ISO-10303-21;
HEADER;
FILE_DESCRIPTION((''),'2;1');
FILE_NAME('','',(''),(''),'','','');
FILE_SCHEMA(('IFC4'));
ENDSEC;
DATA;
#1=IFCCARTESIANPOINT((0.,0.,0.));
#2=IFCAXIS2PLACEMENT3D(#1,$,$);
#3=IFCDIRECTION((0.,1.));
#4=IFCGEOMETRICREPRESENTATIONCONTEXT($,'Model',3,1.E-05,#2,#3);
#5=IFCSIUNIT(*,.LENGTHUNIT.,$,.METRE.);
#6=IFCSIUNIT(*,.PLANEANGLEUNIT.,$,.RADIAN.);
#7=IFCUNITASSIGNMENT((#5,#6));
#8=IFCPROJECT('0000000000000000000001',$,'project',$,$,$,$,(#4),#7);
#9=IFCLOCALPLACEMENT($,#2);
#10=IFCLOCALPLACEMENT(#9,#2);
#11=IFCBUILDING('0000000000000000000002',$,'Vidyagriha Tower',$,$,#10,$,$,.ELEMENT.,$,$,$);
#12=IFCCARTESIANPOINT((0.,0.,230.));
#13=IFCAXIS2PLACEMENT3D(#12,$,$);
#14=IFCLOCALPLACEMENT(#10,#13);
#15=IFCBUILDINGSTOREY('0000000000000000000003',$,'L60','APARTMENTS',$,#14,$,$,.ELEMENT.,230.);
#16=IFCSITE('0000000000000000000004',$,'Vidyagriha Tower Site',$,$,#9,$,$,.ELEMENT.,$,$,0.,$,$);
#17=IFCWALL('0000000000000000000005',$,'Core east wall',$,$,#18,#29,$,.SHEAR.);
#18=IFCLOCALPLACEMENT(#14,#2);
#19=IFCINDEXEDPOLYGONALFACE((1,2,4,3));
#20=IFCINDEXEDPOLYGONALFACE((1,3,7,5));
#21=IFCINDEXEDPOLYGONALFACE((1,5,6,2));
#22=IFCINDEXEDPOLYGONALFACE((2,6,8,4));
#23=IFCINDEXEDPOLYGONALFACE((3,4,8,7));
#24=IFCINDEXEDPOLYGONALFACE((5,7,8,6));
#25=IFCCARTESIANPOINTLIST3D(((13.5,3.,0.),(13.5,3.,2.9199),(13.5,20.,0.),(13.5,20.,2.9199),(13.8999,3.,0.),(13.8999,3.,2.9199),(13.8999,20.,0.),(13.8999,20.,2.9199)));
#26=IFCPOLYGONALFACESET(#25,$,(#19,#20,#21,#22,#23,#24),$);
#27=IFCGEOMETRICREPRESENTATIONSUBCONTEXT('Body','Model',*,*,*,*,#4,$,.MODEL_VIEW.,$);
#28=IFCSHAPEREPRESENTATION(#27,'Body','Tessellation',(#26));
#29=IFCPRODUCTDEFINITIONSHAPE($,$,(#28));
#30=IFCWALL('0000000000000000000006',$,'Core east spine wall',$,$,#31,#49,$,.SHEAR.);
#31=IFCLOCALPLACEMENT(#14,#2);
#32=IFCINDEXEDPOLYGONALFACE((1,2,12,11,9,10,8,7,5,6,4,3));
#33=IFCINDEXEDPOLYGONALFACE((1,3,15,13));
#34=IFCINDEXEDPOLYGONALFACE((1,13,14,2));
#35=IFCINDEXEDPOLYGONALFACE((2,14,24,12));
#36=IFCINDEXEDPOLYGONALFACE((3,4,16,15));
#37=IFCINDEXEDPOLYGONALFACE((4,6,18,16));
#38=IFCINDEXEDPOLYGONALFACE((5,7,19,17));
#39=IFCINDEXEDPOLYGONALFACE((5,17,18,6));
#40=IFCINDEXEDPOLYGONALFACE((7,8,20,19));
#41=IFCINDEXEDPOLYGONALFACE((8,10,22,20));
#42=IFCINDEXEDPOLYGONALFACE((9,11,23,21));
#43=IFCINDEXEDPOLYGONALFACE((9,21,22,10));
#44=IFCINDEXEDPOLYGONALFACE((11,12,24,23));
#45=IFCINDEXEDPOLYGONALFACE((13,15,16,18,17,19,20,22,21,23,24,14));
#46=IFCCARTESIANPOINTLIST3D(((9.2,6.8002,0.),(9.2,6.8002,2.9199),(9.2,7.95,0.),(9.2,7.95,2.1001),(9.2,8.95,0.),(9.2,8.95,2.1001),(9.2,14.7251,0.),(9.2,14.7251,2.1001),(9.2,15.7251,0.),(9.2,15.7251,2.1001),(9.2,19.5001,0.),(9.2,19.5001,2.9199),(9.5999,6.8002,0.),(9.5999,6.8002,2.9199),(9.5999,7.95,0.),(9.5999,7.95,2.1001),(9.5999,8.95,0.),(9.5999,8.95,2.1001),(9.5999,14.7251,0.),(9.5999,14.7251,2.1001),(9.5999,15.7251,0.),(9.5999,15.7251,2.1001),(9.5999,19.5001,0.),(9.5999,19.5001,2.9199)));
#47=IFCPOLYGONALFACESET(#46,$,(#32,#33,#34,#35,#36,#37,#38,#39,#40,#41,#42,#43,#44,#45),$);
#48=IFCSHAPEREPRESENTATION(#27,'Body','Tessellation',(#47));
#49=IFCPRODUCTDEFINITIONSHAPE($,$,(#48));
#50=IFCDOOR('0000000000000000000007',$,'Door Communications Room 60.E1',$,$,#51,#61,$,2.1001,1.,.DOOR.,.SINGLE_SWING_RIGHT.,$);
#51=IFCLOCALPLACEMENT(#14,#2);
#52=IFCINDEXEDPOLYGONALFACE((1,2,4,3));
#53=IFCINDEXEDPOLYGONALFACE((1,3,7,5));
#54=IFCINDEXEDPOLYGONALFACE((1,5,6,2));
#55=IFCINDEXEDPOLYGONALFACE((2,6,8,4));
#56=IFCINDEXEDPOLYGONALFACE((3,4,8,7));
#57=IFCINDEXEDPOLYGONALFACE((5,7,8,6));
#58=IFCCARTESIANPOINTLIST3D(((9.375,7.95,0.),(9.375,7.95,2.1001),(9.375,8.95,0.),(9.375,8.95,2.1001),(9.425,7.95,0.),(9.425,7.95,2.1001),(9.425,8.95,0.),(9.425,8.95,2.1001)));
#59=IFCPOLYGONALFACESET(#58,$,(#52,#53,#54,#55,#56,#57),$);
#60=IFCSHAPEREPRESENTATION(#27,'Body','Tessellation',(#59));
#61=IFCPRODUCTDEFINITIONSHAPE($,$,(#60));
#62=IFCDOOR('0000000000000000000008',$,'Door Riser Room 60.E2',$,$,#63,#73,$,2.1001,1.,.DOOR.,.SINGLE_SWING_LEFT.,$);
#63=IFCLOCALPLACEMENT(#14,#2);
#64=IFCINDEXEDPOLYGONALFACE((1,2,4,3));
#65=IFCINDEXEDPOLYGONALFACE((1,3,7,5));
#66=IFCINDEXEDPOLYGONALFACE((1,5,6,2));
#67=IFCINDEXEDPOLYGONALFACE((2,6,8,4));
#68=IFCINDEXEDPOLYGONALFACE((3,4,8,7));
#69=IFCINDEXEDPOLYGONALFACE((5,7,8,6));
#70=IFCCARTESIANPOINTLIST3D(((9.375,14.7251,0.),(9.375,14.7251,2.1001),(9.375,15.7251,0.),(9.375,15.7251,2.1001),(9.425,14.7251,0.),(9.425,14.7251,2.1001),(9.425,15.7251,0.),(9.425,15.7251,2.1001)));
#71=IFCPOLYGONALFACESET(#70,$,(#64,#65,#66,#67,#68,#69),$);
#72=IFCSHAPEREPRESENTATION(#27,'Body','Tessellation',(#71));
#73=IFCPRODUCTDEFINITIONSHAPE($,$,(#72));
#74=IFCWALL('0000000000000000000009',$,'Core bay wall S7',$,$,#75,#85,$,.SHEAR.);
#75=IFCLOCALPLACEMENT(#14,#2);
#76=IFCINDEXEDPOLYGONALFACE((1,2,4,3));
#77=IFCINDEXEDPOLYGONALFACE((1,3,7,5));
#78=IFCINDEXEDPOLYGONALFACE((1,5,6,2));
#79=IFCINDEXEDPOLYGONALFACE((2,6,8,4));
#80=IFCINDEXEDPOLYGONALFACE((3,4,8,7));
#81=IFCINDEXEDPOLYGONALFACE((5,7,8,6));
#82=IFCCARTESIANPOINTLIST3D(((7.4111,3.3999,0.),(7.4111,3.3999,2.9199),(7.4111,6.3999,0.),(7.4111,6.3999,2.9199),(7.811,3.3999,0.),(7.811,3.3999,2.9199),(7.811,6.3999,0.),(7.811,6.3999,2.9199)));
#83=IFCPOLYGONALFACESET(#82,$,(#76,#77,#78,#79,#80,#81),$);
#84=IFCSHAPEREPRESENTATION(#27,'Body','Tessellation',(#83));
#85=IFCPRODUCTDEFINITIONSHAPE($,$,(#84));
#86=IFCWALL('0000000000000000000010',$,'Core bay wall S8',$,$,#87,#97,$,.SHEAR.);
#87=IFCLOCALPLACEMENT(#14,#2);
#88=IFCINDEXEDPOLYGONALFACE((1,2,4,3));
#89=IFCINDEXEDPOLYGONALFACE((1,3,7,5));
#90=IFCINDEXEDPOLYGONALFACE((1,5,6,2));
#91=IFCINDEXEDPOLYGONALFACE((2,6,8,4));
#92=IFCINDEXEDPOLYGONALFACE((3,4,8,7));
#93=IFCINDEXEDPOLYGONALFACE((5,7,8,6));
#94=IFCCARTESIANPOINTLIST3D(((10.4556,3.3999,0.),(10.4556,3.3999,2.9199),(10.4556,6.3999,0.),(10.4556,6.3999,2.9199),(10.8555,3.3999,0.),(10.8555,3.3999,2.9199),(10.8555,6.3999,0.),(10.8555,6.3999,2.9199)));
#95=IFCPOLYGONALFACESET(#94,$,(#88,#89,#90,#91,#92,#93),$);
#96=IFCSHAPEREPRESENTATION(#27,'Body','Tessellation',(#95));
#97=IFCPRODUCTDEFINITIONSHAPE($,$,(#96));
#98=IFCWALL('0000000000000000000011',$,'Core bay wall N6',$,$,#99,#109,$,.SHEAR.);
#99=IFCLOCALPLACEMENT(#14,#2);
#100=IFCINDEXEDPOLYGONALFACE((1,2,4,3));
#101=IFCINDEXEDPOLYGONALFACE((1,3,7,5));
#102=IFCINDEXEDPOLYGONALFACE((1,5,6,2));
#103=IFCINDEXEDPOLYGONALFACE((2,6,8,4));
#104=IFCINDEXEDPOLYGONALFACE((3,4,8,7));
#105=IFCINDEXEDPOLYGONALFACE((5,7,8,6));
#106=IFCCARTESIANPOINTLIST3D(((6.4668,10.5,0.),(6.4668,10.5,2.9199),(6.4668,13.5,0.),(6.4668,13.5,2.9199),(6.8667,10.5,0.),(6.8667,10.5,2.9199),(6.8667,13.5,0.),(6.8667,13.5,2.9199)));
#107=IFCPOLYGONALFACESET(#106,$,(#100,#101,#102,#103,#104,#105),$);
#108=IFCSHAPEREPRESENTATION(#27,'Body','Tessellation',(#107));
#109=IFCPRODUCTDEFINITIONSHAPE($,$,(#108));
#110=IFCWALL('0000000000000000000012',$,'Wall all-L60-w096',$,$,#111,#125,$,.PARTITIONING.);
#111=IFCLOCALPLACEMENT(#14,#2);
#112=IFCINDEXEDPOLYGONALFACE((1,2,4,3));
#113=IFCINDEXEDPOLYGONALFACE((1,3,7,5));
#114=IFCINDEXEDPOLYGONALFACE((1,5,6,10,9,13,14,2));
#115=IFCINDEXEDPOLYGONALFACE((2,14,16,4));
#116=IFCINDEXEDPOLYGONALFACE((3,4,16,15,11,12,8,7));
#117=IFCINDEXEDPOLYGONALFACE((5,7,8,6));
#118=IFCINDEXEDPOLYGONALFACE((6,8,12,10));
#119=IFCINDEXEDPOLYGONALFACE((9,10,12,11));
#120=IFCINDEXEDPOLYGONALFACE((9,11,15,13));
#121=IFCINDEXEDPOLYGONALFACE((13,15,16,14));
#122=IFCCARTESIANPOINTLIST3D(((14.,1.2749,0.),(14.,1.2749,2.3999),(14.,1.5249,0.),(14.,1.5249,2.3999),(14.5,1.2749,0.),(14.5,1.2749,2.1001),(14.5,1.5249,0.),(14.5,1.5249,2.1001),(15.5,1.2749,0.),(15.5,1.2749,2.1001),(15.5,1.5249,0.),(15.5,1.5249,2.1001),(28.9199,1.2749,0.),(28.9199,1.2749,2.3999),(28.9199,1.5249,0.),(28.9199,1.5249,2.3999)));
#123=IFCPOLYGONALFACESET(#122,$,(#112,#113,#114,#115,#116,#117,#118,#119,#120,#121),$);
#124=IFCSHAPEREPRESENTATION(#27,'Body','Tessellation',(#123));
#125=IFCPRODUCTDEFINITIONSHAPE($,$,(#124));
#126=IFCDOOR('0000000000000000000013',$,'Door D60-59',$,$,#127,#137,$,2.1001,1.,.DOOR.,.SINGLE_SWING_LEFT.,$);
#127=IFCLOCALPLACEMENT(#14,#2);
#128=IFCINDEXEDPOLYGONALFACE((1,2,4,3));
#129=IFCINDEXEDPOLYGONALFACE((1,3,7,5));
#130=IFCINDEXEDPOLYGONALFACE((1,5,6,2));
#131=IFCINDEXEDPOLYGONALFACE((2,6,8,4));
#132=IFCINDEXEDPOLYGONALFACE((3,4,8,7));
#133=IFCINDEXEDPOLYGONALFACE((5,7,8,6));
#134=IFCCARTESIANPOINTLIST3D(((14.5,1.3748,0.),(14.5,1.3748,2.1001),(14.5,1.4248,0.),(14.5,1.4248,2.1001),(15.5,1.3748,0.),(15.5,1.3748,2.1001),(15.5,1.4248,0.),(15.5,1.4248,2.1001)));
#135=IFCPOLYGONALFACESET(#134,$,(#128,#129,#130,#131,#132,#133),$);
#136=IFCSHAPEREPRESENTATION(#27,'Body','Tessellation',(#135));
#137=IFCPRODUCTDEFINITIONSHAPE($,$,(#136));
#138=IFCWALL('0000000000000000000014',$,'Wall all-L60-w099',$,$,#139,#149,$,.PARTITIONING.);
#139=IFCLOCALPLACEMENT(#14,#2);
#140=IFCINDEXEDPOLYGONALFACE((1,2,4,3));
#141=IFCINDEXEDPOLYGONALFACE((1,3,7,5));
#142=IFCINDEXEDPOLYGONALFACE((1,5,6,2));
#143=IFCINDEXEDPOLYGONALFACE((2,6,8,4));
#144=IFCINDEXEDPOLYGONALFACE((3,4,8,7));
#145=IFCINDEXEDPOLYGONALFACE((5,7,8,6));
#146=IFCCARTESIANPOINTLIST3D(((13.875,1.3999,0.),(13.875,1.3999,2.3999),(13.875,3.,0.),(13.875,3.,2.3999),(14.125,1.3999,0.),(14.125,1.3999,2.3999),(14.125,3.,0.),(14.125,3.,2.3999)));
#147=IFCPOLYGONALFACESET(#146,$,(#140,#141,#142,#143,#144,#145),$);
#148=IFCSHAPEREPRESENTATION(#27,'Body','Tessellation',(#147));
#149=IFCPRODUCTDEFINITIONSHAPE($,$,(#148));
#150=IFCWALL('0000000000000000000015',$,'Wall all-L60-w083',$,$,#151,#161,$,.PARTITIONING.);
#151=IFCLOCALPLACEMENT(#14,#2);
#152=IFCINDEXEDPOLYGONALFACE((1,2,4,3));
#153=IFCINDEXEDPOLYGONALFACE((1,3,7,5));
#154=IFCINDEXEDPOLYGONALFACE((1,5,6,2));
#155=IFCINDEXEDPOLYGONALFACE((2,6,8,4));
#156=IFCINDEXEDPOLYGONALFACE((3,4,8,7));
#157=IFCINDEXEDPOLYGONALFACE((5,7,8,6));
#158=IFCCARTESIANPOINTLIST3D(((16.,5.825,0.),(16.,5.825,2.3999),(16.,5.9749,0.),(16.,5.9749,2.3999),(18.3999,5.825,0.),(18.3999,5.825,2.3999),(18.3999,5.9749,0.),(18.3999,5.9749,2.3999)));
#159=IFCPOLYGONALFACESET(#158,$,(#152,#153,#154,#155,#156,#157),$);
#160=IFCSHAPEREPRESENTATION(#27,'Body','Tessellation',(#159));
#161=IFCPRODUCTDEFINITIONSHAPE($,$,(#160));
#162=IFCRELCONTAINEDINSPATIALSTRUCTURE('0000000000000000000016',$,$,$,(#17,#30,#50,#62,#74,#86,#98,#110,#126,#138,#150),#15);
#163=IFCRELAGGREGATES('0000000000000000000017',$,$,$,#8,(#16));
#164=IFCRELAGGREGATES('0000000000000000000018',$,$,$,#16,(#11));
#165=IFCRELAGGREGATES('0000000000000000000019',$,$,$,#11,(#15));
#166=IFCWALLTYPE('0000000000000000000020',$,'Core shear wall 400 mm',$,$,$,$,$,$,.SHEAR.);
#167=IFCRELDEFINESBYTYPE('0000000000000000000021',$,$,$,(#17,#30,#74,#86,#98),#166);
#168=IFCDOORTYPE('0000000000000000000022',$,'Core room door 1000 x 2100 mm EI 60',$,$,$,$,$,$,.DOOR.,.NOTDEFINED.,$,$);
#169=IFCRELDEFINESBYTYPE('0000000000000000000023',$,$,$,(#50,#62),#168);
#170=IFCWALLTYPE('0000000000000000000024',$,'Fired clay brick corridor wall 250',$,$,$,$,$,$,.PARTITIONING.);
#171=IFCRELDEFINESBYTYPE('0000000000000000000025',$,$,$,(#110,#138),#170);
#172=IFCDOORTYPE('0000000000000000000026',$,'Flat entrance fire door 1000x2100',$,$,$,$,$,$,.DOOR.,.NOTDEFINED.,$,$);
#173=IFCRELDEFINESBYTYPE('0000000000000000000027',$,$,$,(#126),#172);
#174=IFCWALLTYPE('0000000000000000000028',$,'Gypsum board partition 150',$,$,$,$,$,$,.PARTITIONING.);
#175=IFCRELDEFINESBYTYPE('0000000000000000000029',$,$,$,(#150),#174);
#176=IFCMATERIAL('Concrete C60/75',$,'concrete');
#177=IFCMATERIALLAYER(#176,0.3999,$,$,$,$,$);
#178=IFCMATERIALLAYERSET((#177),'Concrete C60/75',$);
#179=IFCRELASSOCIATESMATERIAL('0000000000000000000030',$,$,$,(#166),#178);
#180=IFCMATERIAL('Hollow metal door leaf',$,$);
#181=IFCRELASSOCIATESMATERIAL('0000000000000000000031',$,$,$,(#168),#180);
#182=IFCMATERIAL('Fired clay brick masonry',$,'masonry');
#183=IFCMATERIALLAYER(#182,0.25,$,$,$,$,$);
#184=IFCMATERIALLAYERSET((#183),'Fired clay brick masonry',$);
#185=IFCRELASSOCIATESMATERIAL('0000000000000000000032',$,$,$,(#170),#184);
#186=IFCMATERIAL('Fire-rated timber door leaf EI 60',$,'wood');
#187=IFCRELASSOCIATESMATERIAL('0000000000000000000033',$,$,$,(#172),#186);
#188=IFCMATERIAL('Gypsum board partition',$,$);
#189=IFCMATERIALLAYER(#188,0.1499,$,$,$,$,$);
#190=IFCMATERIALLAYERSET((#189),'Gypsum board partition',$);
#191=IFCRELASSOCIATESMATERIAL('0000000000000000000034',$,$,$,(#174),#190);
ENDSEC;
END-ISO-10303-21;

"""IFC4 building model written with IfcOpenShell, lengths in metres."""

from ifc_helpers import new_model, si_unit, direction, frame, frame_2d, origin, place, context, subcontext, project, spatial, rectangle, extrude, material, layer, layer_set, type_object, element, fill, save


model = new_model("IFC4")

# Units and contexts
model_context = context("Model", 3, precision=1e-05, world=origin(), true_north=direction((0.0, 1.0)))
body_context = subcontext(model_context, "Body", "Model", "MODEL_VIEW")
ifc_project = project(units=[si_unit("LENGTHUNIT", "METRE"), si_unit("PLANEANGLEUNIT", "RADIAN")], contexts=[model_context])

# Site, building, storey
site_placement = place(None, origin())
site = spatial("IfcSite", under=ifc_project, at=site_placement, Name="Vidyagriha Tower Site", CompositionType="ELEMENT", RefElevation=0.0)
building_placement = place(site_placement, origin())
building = spatial("IfcBuilding", under=site, at=building_placement, Name="Vidyagriha Tower", CompositionType="ELEMENT")
storey_placement = place(building_placement, frame((0.0, 0.0, 230.0)))
storey = spatial("IfcBuildingStorey", under=building, at=storey_placement, Name="L60", Description="APARTMENTS", CompositionType="ELEMENT", Elevation=230.0)

# Wall
ifc_material_1 = material(Name="Concrete C60/75", Category="concrete")
ifc_layer_1 = layer(ifc_material_1, 0.3999)
ifc_layer_set_1 = layer_set([ifc_layer_1], Name="Concrete C60/75")
wall_type_1 = type_object("IfcWallType", Name="Core shear wall 400 mm", PredefinedType="SHEAR", material=ifc_layer_set_1)
wall_1_placement = place(storey_placement, frame((13.7, 3.0, 0.0), z_axis=(0.0, 0.0, 1.0), x_axis=(0.0, 1.0, 0.0)))
element("IfcWall", 1, at=wall_1_placement, inside=storey, type_object=wall_type_1, Name="Core east wall", PredefinedType="SHEAR", context=body_context, shape_type="SweptSolid", body=[
    extrude(rectangle(XDim=17.0, YDim=0.3999, at=frame_2d((8.5, 0.0))), origin(), (0.0, 0.0, 1.0), 2.9199),
])

# Wall, openings, doors
wall_2_placement = place(storey_placement, frame((9.3999, 6.8, 0.0), z_axis=(0.0, 0.0, 1.0), x_axis=(0.0, 1.0, 0.0)))
wall_2 = element("IfcWall", 2, at=wall_2_placement, inside=storey, type_object=wall_type_1, Name="Core east spine wall", PredefinedType="SHEAR", context=body_context, shape_type="SweptSolid", body=[
    extrude(rectangle(XDim=12.7, YDim=0.3999, at=frame_2d((6.3501, 0.0))), origin(), (0.0, 0.0, 1.0), 2.9199),
])
opening_1_placement = place(wall_2_placement, frame((1.1499, 0.0, 0.0)))
opening_1 = element("IfcOpeningElement", 3, at=opening_1_placement, cuts=wall_2, PredefinedType="OPENING", context=body_context, shape_type="SweptSolid", body=[
    extrude(rectangle(XDim=1.0, YDim=2.1001, at=frame_2d((0.5, 1.05))), frame((0.0, 0.21, 0.0), z_axis=(0.0, -1.0, 0.0), x_axis=(1.0, 0.0, 0.0)), (0.0, 0.0, 1.0), 0.4199),
])
opening_2_placement = place(wall_2_placement, frame((7.925, 0.0, 0.0)))
opening_2 = element("IfcOpeningElement", 4, at=opening_2_placement, cuts=wall_2, PredefinedType="OPENING", context=body_context, shape_type="SweptSolid", body=[
    extrude(rectangle(XDim=1.0, YDim=2.1001, at=frame_2d((0.5, 1.05))), frame((0.0, 0.21, 0.0), z_axis=(0.0, -1.0, 0.0), x_axis=(1.0, 0.0, 0.0)), (0.0, 0.0, 1.0), 0.4199),
])
ifc_material_2 = material(Name="Hollow metal door leaf")
door_type_1 = type_object("IfcDoorType", Name="Core room door 1000 x 2100 mm EI 60", OperationType="NOTDEFINED", PredefinedType="DOOR", material=ifc_material_2)
door_1_placement = place(opening_1_placement, origin())
door_1 = element("IfcDoor", 5, at=door_1_placement, inside=storey, type_object=door_type_1, Name="Door Communications Room 60.E1", OperationType="SINGLE_SWING_RIGHT", OverallHeight=2.1001, OverallWidth=1.0, PredefinedType="DOOR", context=body_context, shape_type="SweptSolid", body=[
    extrude(rectangle(XDim=1.0, YDim=2.1001, at=frame_2d((0.5, 1.05))), frame((0.0, 0.0249, 0.0), z_axis=(0.0, -1.0, 0.0), x_axis=(1.0, 0.0, 0.0)), (0.0, 0.0, 1.0), 0.05),
])
fill(opening_1, door_1)
door_2_placement = place(opening_2_placement, origin())
door_2 = element("IfcDoor", 6, at=door_2_placement, inside=storey, type_object=door_type_1, Name="Door Riser Room 60.E2", OperationType="SINGLE_SWING_LEFT", OverallHeight=2.1001, OverallWidth=1.0, PredefinedType="DOOR", context=body_context, shape_type="SweptSolid", body=[
    extrude(rectangle(XDim=1.0, YDim=2.1001, at=frame_2d((0.5, 1.05))), frame((0.0, 0.0249, 0.0), z_axis=(0.0, -1.0, 0.0), x_axis=(1.0, 0.0, 0.0)), (0.0, 0.0, 1.0), 0.05),
])
fill(opening_2, door_2)

# Walls
for number, where, z_axis, x_axis, name in (
    (7, (7.6111, 3.3999, 0.0), (0.0, 0.0, 1.0), (0.0, 1.0, 0.0), "Core bay wall S7"),
    (8, (10.6555, 3.3999, 0.0), (0.0, 0.0, 1.0), (0.0, 1.0, 0.0), "Core bay wall S8"),
    (9, (6.6667, 10.5, 0.0), (0.0, 0.0, 1.0), (0.0, 1.0, 0.0), "Core bay wall N6"),
):
    element("IfcWall", number, at=place(storey_placement, frame(where, z_axis=z_axis, x_axis=x_axis)), inside=storey, type_object=wall_type_1, Name=name, PredefinedType="SHEAR", context=body_context, shape_type="SweptSolid", body=[
        extrude(rectangle(XDim=3.0, YDim=0.3999, at=frame_2d((1.5, 0.0))), origin(), (0.0, 0.0, 1.0), 2.9199),
    ])

# Wall, opening, door
ifc_material_3 = material(Name="Fired clay brick masonry", Category="masonry")
ifc_layer_2 = layer(ifc_material_3, 0.25)
ifc_layer_set_2 = layer_set([ifc_layer_2], Name="Fired clay brick masonry")
wall_type_2 = type_object("IfcWallType", Name="Fired clay brick corridor wall 250", PredefinedType="PARTITIONING", material=ifc_layer_set_2)
wall_3_placement = place(storey_placement, frame((14.0, 1.3999, 0.0)))
wall_3 = element("IfcWall", 10, at=wall_3_placement, inside=storey, type_object=wall_type_2, Name="Wall all-L60-w096", PredefinedType="PARTITIONING", context=body_context, shape_type="SweptSolid", body=[
    extrude(rectangle(XDim=14.9199, YDim=0.25, at=frame_2d((7.46, 0.0))), origin(), (0.0, 0.0, 1.0), 2.3999),
])
opening_3_placement = place(wall_3_placement, frame((0.5, 0.0, 0.0)))
opening_3 = element("IfcOpeningElement", 11, at=opening_3_placement, cuts=wall_3, PredefinedType="OPENING", context=body_context, shape_type="SweptSolid", body=[
    extrude(rectangle(XDim=1.0, YDim=2.1001, at=frame_2d((0.5, 1.05))), frame((0.0, 0.135, 0.0), z_axis=(0.0, -1.0, 0.0), x_axis=(1.0, 0.0, 0.0)), (0.0, 0.0, 1.0), 0.27),
])
ifc_material_4 = material(Name="Fire-rated timber door leaf EI 60", Category="wood")
door_type_2 = type_object("IfcDoorType", Name="Flat entrance fire door 1000x2100", OperationType="NOTDEFINED", PredefinedType="DOOR", material=ifc_material_4)
door_3_placement = place(opening_3_placement, origin())
door_3 = element("IfcDoor", 12, at=door_3_placement, inside=storey, type_object=door_type_2, Name="Door D60-59", OperationType="SINGLE_SWING_LEFT", OverallHeight=2.1001, OverallWidth=1.0, PredefinedType="DOOR", context=body_context, shape_type="SweptSolid", body=[
    extrude(rectangle(XDim=1.0, YDim=2.1001, at=frame_2d((0.5, 1.05))), frame((0.0, 0.0249, 0.0), z_axis=(0.0, -1.0, 0.0), x_axis=(1.0, 0.0, 0.0)), (0.0, 0.0, 1.0), 0.05),
])
fill(opening_3, door_3)

# Walls
wall_4_placement = place(storey_placement, frame((14.0, 1.3999, 0.0), z_axis=(0.0, 0.0, 1.0), x_axis=(0.0, 1.0, 0.0)))
element("IfcWall", 13, at=wall_4_placement, inside=storey, type_object=wall_type_2, Name="Wall all-L60-w099", PredefinedType="PARTITIONING", context=body_context, shape_type="SweptSolid", body=[
    extrude(rectangle(XDim=1.6001, YDim=0.25, at=frame_2d((0.8, 0.0))), origin(), (0.0, 0.0, 1.0), 2.3999),
])
ifc_material_5 = material(Name="Gypsum board partition")
ifc_layer_3 = layer(ifc_material_5, 0.1499)
ifc_layer_set_3 = layer_set([ifc_layer_3], Name="Gypsum board partition")
wall_type_3 = type_object("IfcWallType", Name="Gypsum board partition 150", PredefinedType="PARTITIONING", material=ifc_layer_set_3)
wall_5_placement = place(storey_placement, frame((16.0, 5.8999, 0.0)))
element("IfcWall", 14, at=wall_5_placement, inside=storey, type_object=wall_type_3, Name="Wall all-L60-w083", PredefinedType="PARTITIONING", context=body_context, shape_type="SweptSolid", body=[
    extrude(rectangle(XDim=2.3999, YDim=0.1499, at=frame_2d((1.2, 0.0))), origin(), (0.0, 0.0, 1.0), 2.3999),
])

save(model, "model.ifc")
